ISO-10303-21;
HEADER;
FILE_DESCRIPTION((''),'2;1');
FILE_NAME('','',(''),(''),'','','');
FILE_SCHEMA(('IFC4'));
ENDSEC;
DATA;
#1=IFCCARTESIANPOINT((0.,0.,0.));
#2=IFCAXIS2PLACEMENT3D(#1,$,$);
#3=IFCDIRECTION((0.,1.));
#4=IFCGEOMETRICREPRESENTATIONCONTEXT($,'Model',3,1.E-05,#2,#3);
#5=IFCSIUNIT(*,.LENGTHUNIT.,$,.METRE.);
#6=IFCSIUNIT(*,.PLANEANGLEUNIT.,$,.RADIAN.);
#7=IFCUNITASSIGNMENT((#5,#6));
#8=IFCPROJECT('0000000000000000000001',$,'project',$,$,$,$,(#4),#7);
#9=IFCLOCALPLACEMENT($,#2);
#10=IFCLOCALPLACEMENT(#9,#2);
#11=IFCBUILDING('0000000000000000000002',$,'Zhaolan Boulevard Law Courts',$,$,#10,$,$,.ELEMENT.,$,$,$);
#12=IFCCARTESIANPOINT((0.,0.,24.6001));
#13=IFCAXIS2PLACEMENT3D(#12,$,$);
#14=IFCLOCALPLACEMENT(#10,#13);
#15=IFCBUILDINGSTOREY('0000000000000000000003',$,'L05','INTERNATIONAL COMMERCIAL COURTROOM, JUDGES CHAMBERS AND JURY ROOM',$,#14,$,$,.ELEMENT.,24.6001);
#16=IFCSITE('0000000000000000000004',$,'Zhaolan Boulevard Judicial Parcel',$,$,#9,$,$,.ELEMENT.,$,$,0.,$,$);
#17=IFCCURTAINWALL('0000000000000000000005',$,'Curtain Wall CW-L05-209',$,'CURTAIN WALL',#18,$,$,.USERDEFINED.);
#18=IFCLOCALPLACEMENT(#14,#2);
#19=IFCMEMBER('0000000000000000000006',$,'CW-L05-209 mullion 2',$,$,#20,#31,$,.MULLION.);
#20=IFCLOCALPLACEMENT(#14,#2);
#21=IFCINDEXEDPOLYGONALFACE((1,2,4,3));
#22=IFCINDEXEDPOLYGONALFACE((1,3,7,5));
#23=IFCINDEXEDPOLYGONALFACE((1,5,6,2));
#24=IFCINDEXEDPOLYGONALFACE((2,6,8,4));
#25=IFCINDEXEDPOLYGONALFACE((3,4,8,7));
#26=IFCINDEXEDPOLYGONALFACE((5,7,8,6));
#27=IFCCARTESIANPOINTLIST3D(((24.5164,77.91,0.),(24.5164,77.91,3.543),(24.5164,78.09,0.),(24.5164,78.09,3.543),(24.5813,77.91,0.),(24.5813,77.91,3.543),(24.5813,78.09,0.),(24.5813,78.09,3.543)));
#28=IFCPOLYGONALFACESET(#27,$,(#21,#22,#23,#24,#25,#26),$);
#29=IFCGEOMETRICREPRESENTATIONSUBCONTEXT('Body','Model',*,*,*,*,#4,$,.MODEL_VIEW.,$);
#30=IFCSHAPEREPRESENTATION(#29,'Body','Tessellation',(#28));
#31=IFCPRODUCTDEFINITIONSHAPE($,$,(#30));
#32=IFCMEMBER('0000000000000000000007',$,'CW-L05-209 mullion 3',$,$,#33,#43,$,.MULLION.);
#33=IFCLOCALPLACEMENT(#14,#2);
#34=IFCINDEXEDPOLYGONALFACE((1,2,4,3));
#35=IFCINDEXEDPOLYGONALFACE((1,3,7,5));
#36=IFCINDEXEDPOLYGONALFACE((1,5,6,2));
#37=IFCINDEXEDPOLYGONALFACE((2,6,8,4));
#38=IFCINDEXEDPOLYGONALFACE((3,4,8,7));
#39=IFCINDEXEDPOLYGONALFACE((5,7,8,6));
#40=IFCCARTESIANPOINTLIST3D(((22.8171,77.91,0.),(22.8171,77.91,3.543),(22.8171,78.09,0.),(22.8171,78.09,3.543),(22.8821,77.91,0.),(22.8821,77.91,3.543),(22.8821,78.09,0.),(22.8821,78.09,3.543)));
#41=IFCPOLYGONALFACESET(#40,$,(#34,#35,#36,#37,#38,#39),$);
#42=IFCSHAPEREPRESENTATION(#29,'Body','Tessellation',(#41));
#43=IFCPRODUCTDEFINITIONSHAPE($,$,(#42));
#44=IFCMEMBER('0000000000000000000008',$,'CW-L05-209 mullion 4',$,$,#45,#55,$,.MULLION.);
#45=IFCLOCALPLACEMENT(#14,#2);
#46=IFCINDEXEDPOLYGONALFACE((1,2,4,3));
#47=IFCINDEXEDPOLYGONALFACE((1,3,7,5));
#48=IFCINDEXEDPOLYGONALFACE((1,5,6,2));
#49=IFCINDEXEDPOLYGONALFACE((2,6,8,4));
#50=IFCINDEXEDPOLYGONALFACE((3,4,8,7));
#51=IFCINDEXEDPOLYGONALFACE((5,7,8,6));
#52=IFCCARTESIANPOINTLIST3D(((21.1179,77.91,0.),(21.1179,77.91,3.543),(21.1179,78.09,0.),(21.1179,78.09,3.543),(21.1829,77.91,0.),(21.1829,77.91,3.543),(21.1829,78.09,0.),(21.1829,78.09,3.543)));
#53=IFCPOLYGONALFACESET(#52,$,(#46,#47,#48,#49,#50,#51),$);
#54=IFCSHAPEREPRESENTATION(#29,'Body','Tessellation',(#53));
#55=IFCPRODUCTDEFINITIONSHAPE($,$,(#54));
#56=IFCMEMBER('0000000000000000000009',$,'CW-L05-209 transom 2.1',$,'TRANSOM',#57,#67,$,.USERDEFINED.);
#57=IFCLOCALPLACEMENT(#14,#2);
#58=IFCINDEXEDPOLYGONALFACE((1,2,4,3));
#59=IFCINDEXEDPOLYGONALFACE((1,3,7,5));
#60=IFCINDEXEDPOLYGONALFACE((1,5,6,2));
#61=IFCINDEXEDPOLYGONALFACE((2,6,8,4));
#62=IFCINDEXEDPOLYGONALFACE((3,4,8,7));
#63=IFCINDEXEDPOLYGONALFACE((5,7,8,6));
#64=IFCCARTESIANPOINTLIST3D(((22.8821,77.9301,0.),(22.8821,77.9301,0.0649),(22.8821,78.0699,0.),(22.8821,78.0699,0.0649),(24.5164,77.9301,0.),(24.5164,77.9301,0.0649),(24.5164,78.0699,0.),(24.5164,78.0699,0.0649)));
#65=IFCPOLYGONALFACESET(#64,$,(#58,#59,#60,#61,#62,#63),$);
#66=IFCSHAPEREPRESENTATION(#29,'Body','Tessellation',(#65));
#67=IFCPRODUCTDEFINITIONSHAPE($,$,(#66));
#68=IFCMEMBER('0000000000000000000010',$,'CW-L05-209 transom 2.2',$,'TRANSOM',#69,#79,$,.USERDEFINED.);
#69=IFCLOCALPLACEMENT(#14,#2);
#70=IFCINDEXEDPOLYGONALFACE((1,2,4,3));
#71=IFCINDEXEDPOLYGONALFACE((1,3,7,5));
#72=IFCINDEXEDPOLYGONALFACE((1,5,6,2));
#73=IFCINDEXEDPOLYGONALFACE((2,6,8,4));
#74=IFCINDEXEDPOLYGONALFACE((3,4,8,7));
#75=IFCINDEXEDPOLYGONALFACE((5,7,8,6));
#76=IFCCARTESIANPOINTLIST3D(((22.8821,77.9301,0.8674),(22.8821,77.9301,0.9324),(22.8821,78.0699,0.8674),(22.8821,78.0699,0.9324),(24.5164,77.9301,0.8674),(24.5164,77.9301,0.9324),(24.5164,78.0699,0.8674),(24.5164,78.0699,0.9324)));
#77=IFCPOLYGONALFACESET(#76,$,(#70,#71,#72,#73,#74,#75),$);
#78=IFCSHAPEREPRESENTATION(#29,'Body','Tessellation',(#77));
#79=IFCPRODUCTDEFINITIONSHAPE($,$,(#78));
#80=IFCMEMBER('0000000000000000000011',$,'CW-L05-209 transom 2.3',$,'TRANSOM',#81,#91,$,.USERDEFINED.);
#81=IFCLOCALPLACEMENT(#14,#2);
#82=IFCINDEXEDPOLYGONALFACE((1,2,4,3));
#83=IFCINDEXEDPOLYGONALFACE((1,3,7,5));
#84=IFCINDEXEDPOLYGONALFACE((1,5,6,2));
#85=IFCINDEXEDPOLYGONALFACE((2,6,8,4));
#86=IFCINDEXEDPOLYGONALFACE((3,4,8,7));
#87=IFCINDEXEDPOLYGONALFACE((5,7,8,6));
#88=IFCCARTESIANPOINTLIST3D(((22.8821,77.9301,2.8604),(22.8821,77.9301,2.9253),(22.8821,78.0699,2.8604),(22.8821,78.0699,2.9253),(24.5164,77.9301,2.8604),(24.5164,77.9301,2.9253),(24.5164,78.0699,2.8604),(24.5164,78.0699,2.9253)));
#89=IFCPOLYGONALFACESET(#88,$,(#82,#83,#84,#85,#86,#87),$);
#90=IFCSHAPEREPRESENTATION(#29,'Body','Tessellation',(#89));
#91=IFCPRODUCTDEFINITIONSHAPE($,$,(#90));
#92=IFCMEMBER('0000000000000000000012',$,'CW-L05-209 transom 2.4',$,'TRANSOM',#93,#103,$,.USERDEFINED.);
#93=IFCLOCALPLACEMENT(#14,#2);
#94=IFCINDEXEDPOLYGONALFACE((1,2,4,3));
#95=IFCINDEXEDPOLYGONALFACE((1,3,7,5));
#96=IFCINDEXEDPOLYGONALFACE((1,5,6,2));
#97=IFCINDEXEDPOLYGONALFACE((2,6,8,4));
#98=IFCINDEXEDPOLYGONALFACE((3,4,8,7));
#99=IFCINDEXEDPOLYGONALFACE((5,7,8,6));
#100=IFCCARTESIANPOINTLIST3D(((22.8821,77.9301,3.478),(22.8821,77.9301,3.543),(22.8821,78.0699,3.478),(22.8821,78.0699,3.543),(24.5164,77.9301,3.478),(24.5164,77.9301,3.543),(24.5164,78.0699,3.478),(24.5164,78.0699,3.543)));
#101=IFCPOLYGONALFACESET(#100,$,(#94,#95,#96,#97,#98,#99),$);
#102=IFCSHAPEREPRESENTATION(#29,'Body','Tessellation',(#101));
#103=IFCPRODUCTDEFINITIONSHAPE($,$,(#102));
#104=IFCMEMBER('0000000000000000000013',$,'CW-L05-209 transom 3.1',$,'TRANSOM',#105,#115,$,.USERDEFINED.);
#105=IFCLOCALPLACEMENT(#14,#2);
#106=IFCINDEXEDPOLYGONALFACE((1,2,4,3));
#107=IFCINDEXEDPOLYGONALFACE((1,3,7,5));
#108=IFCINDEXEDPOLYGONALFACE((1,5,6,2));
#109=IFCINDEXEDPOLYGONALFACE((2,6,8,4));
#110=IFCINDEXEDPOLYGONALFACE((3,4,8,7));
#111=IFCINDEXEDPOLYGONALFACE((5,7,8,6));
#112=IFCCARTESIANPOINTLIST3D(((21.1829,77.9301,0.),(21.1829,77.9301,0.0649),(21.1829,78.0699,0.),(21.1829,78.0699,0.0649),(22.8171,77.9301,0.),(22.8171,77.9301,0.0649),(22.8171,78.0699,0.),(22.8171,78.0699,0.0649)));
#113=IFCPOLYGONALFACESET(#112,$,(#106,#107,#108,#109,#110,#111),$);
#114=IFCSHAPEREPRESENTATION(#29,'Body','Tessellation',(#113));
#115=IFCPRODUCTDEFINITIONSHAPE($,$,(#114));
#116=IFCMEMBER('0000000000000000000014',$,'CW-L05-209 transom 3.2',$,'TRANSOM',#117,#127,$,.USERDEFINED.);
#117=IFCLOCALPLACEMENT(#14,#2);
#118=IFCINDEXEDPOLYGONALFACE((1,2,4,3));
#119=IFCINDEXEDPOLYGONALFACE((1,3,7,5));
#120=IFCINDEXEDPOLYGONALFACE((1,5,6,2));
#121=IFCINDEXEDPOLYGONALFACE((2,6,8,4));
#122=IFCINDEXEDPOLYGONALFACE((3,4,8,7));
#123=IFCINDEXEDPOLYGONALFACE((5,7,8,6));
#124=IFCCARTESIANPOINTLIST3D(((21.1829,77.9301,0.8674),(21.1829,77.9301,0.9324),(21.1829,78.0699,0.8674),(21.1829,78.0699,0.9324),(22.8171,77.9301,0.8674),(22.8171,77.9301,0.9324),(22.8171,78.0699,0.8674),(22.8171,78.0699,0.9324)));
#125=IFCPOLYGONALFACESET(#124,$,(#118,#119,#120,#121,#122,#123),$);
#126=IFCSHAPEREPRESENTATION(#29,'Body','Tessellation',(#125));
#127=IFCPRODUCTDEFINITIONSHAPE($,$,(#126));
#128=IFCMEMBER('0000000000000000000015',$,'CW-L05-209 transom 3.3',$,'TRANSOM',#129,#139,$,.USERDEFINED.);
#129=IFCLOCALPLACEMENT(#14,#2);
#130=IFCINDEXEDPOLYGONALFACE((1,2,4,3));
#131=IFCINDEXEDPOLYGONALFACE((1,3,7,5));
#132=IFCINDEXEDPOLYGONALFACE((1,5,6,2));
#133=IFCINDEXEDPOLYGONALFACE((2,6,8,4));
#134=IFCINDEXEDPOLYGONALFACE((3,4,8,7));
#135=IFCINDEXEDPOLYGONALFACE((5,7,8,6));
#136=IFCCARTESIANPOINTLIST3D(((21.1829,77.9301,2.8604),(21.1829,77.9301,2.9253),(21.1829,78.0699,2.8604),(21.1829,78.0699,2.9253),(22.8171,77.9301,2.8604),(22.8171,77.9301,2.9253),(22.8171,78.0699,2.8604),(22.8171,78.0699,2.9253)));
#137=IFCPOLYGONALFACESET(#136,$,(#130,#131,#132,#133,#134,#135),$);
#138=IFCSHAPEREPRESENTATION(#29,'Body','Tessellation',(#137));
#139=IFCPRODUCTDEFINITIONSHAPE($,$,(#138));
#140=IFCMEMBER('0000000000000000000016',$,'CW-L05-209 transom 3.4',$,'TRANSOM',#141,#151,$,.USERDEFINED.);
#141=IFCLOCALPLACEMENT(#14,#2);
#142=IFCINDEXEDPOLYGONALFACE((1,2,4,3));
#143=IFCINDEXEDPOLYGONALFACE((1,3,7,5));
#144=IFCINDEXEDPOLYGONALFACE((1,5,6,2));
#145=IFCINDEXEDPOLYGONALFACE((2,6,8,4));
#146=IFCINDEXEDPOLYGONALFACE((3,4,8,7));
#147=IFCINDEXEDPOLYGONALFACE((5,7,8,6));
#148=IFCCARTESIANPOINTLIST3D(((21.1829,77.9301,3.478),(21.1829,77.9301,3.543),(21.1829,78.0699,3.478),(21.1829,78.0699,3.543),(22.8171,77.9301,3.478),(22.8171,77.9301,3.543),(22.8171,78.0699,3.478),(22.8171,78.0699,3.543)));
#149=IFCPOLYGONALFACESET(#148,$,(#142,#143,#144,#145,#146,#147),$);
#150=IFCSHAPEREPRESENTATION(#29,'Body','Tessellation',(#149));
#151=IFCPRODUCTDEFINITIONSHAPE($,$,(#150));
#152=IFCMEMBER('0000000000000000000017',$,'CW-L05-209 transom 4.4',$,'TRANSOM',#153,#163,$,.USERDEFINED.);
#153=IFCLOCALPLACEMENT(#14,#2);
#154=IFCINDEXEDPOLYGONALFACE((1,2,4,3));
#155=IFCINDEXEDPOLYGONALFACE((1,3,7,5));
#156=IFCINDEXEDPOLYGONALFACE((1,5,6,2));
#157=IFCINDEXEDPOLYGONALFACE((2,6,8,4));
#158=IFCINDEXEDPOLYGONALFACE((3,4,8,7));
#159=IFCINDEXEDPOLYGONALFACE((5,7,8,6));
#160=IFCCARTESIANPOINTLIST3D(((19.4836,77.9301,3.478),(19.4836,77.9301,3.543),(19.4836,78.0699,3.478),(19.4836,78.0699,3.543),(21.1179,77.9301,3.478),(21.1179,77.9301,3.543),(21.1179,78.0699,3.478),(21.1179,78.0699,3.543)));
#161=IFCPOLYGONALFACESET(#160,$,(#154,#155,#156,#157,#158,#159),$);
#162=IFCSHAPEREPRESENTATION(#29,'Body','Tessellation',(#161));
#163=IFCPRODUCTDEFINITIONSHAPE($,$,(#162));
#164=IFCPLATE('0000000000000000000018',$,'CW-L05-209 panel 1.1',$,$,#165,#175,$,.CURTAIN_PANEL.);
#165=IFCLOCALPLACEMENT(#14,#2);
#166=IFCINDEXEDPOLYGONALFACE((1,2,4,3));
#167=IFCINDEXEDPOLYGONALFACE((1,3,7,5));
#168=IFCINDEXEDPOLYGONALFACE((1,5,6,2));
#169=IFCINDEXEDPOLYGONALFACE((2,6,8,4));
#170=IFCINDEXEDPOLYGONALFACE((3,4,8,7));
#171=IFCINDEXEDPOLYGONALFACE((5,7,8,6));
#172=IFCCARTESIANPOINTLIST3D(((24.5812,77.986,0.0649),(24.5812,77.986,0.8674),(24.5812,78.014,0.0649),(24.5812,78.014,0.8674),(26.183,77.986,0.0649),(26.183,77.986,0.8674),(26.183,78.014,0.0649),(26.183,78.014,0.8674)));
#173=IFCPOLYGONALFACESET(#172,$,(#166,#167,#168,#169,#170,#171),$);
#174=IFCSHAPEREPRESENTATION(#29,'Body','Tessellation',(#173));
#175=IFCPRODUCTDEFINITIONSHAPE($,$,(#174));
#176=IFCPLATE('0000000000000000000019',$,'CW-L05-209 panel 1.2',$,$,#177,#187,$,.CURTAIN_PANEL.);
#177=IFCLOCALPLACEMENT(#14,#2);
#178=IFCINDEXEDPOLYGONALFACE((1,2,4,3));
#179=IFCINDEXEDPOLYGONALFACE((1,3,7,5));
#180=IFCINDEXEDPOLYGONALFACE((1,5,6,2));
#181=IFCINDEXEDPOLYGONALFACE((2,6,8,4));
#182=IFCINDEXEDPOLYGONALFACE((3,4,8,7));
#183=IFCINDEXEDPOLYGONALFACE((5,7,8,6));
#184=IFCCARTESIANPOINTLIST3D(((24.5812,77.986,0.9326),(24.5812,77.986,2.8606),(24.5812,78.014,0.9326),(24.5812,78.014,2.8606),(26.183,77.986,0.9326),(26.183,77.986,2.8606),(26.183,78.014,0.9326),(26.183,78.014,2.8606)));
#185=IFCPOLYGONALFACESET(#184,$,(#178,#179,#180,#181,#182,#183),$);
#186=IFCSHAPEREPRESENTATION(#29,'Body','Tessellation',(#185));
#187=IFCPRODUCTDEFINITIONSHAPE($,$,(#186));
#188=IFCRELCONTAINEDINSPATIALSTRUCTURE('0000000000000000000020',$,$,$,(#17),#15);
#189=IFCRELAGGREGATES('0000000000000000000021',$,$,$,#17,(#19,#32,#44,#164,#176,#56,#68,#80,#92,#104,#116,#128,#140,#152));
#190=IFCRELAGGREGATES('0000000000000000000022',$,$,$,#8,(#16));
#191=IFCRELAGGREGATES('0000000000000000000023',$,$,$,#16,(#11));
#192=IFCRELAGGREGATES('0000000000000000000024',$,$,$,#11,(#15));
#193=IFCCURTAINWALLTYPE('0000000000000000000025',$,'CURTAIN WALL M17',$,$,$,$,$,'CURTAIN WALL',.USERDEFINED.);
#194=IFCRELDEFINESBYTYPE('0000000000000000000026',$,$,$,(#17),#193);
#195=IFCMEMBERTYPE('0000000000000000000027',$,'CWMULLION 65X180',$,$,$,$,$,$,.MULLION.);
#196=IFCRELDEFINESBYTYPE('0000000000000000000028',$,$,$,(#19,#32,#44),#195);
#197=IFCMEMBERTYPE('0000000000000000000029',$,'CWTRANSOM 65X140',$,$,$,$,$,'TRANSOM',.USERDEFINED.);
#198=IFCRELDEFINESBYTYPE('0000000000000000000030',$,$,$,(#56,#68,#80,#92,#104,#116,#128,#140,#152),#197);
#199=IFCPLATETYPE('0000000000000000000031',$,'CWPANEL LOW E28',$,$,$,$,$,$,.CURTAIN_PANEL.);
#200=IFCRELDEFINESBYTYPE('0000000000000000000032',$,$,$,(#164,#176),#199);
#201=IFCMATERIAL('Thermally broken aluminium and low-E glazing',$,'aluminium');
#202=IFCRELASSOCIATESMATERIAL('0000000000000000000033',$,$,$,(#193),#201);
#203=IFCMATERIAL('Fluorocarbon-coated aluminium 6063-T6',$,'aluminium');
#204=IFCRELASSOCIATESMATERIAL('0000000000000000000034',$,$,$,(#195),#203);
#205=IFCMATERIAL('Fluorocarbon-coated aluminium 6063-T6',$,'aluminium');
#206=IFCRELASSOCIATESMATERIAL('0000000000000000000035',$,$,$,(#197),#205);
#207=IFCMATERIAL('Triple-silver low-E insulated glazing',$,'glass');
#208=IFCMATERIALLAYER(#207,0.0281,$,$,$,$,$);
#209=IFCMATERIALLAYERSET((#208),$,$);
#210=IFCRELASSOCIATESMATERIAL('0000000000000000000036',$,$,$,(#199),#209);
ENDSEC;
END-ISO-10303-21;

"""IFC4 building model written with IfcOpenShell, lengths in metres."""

from ifc_helpers import new_model, si_unit, direction, frame, origin, origin_2d, place, context, subcontext, project, spatial, rectangle, extrude, material, layer, layer_set, material_profile, profile_set, type_object, element, aggregate, save


model = new_model("IFC4")

# Units and contexts
model_context = context("Model", 3, precision=1e-05, world=origin(), true_north=direction((0.0, 1.0)))
body_context = subcontext(model_context, "Body", "Model", "MODEL_VIEW")
ifc_project = project(units=[si_unit("LENGTHUNIT", "METRE"), si_unit("PLANEANGLEUNIT", "RADIAN")], contexts=[model_context])

# Site, building, storey
site_placement = place(None, origin())
site = spatial("IfcSite", under=ifc_project, at=site_placement, Name="Zhaolan Boulevard Judicial Parcel", CompositionType="ELEMENT", RefElevation=0.0)
building_placement = place(site_placement, origin())
building = spatial("IfcBuilding", under=site, at=building_placement, Name="Zhaolan Boulevard Law Courts", CompositionType="ELEMENT")
storey_placement = place(building_placement, frame((0.0, 0.0, 24.6001)))
storey = spatial("IfcBuildingStorey", under=building, at=storey_placement, Name="L05", Description="INTERNATIONAL COMMERCIAL COURTROOM, JUDGES CHAMBERS AND JURY ROOM", CompositionType="ELEMENT", Elevation=24.6001)

# Curtain wall, members, plates
ifc_material_1 = material(Name="Thermally broken aluminium and low-E glazing", Category="aluminium")
curtain_wall_type = type_object("IfcCurtainWallType", Name="CURTAIN WALL M17", ElementType="CURTAIN WALL", PredefinedType="USERDEFINED", material=ifc_material_1)
curtain_wall_placement = place(storey_placement, origin())
curtain_wall = element("IfcCurtainWall", 1, at=curtain_wall_placement, inside=storey, type_object=curtain_wall_type, Name="Curtain Wall CW-L05-209", ObjectType="CURTAIN WALL", PredefinedType="USERDEFINED")
ifc_material_2 = material(Name="Fluorocarbon-coated aluminium 6063-T6", Category="aluminium")
ifc_material_profile_1 = material_profile(ifc_material_2, rectangle(XDim=0.1799, YDim=0.0649, at=origin_2d()), Name="AL65x180")
ifc_profile_set_1 = profile_set([ifc_material_profile_1], Name="Fluorocarbon-coated aluminium 6063-T6")
member_type_1 = type_object("IfcMemberType", Name="CWMULLION 65X180", PredefinedType="MULLION", material=ifc_profile_set_1)
member_1_placement = place(storey_placement, frame((24.5488, 78.0, 0.0), z_axis=(0.0, 0.0, 1.0), x_axis=(0.0, -1.0, 0.0)))
member_1 = element("IfcMember", 2, at=member_1_placement, type_object=member_type_1, Name="CW-L05-209 mullion 2", PredefinedType="MULLION", context=body_context, shape_type="SweptSolid", body=[
    extrude(rectangle(XDim=0.1799, YDim=0.0649, at=origin_2d()), origin(), (0.0, 0.0, 1.0), 3.543),
])
member_2_placement = place(storey_placement, frame((22.8496, 78.0, 0.0), z_axis=(0.0, 0.0, 1.0), x_axis=(0.0, -1.0, 0.0)))
member_2 = element("IfcMember", 3, at=member_2_placement, type_object=member_type_1, Name="CW-L05-209 mullion 3", PredefinedType="MULLION", context=body_context, shape_type="SweptSolid", body=[
    extrude(rectangle(XDim=0.1799, YDim=0.0649, at=origin_2d()), origin(), (0.0, 0.0, 1.0), 3.543),
])
member_3_placement = place(storey_placement, frame((21.1504, 78.0, 0.0), z_axis=(0.0, 0.0, 1.0), x_axis=(0.0, -1.0, 0.0)))
member_3 = element("IfcMember", 4, at=member_3_placement, type_object=member_type_1, Name="CW-L05-209 mullion 4", PredefinedType="MULLION", context=body_context, shape_type="SweptSolid", body=[
    extrude(rectangle(XDim=0.1799, YDim=0.0649, at=origin_2d()), origin(), (0.0, 0.0, 1.0), 3.543),
])
ifc_material_3 = material(Name="Fluorocarbon-coated aluminium 6063-T6", Category="aluminium")
ifc_material_profile_2 = material_profile(ifc_material_3, rectangle(XDim=0.1399, YDim=0.0649, at=origin_2d()), Name="AL65x140")
ifc_profile_set_2 = profile_set([ifc_material_profile_2], Name="Fluorocarbon-coated aluminium 6063-T6")
member_type_2 = type_object("IfcMemberType", Name="CWTRANSOM 65X140", ElementType="TRANSOM", PredefinedType="USERDEFINED", material=ifc_profile_set_2)
member_4_placement = place(storey_placement, frame((24.5164, 78.0, 0.0325), z_axis=(-1.0, 0.0, 0.0), x_axis=(0.0, -1.0, 0.0)))
member_4 = element("IfcMember", 5, at=member_4_placement, type_object=member_type_2, Name="CW-L05-209 transom 2.1", ObjectType="TRANSOM", PredefinedType="USERDEFINED", context=body_context, shape_type="SweptSolid", body=[
    extrude(rectangle(XDim=0.1399, YDim=0.0649, at=origin_2d()), origin(), (0.0, 0.0, 1.0), 1.6343),
])
member_5_placement = place(storey_placement, frame((24.5164, 78.0, 0.8999), z_axis=(-1.0, 0.0, 0.0), x_axis=(0.0, -1.0, 0.0)))
member_5 = element("IfcMember", 6, at=member_5_placement, type_object=member_type_2, Name="CW-L05-209 transom 2.2", ObjectType="TRANSOM", PredefinedType="USERDEFINED", context=body_context, shape_type="SweptSolid", body=[
    extrude(rectangle(XDim=0.1399, YDim=0.0649, at=origin_2d()), origin(), (0.0, 0.0, 1.0), 1.6343),
])
member_6_placement = place(storey_placement, frame((24.5164, 78.0, 2.8928), z_axis=(-1.0, 0.0, 0.0), x_axis=(0.0, -1.0, 0.0)))
member_6 = element("IfcMember", 7, at=member_6_placement, type_object=member_type_2, Name="CW-L05-209 transom 2.3", ObjectType="TRANSOM", PredefinedType="USERDEFINED", context=body_context, shape_type="SweptSolid", body=[
    extrude(rectangle(XDim=0.1399, YDim=0.0649, at=origin_2d()), origin(), (0.0, 0.0, 1.0), 1.6343),
])
member_7_placement = place(storey_placement, frame((24.5164, 78.0, 3.5105), z_axis=(-1.0, 0.0, 0.0), x_axis=(0.0, -1.0, 0.0)))
member_7 = element("IfcMember", 8, at=member_7_placement, type_object=member_type_2, Name="CW-L05-209 transom 2.4", ObjectType="TRANSOM", PredefinedType="USERDEFINED", context=body_context, shape_type="SweptSolid", body=[
    extrude(rectangle(XDim=0.1399, YDim=0.0649, at=origin_2d()), origin(), (0.0, 0.0, 1.0), 1.6343),
])
member_8_placement = place(storey_placement, frame((22.8171, 78.0, 0.0325), z_axis=(-1.0, 0.0, 0.0), x_axis=(0.0, -1.0, 0.0)))
member_8 = element("IfcMember", 9, at=member_8_placement, type_object=member_type_2, Name="CW-L05-209 transom 3.1", ObjectType="TRANSOM", PredefinedType="USERDEFINED", context=body_context, shape_type="SweptSolid", body=[
    extrude(rectangle(XDim=0.1399, YDim=0.0649, at=origin_2d()), origin(), (0.0, 0.0, 1.0), 1.6343),
])
member_9_placement = place(storey_placement, frame((22.8171, 78.0, 0.8999), z_axis=(-1.0, 0.0, 0.0), x_axis=(0.0, -1.0, 0.0)))
member_9 = element("IfcMember", 10, at=member_9_placement, type_object=member_type_2, Name="CW-L05-209 transom 3.2", ObjectType="TRANSOM", PredefinedType="USERDEFINED", context=body_context, shape_type="SweptSolid", body=[
    extrude(rectangle(XDim=0.1399, YDim=0.0649, at=origin_2d()), origin(), (0.0, 0.0, 1.0), 1.6343),
])
member_10_placement = place(storey_placement, frame((22.8171, 78.0, 2.8928), z_axis=(-1.0, 0.0, 0.0), x_axis=(0.0, -1.0, 0.0)))
member_10 = element("IfcMember", 11, at=member_10_placement, type_object=member_type_2, Name="CW-L05-209 transom 3.3", ObjectType="TRANSOM", PredefinedType="USERDEFINED", context=body_context, shape_type="SweptSolid", body=[
    extrude(rectangle(XDim=0.1399, YDim=0.0649, at=origin_2d()), origin(), (0.0, 0.0, 1.0), 1.6343),
])
member_11_placement = place(storey_placement, frame((22.8171, 78.0, 3.5105), z_axis=(-1.0, 0.0, 0.0), x_axis=(0.0, -1.0, 0.0)))
member_11 = element("IfcMember", 12, at=member_11_placement, type_object=member_type_2, Name="CW-L05-209 transom 3.4", ObjectType="TRANSOM", PredefinedType="USERDEFINED", context=body_context, shape_type="SweptSolid", body=[
    extrude(rectangle(XDim=0.1399, YDim=0.0649, at=origin_2d()), origin(), (0.0, 0.0, 1.0), 1.6343),
])
member_12_placement = place(storey_placement, frame((21.1179, 78.0, 3.5105), z_axis=(-1.0, 0.0, 0.0), x_axis=(0.0, -1.0, 0.0)))
member_12 = element("IfcMember", 13, at=member_12_placement, type_object=member_type_2, Name="CW-L05-209 transom 4.4", ObjectType="TRANSOM", PredefinedType="USERDEFINED", context=body_context, shape_type="SweptSolid", body=[
    extrude(rectangle(XDim=0.1399, YDim=0.0649, at=origin_2d()), origin(), (0.0, 0.0, 1.0), 1.6343),
])
ifc_material_4 = material(Name="Triple-silver low-E insulated glazing", Category="glass")
ifc_layer_1 = layer(ifc_material_4, 0.0281)
ifc_layer_set_1 = layer_set([ifc_layer_1])
plate_type = type_object("IfcPlateType", Name="CWPANEL LOW E28", PredefinedType="CURTAIN_PANEL", material=ifc_layer_set_1)
plate_1_placement = place(storey_placement, frame((25.3821, 78.0, 0.0649), z_axis=(0.0, 0.0, 1.0), x_axis=(-1.0, 0.0, 0.0)))
plate_1 = element("IfcPlate", 14, at=plate_1_placement, type_object=plate_type, Name="CW-L05-209 panel 1.1", PredefinedType="CURTAIN_PANEL", context=body_context, shape_type="SweptSolid", body=[
    extrude(rectangle(XDim=1.6018, YDim=0.0281, at=origin_2d()), origin(), (0.0, 0.0, 1.0), 0.8025),
])
plate_2_placement = place(storey_placement, frame((25.3821, 78.0, 0.9326), z_axis=(0.0, 0.0, 1.0), x_axis=(-1.0, 0.0, 0.0)))
plate_2 = element("IfcPlate", 15, at=plate_2_placement, type_object=plate_type, Name="CW-L05-209 panel 1.2", PredefinedType="CURTAIN_PANEL", context=body_context, shape_type="SweptSolid", body=[
    extrude(rectangle(XDim=1.6018, YDim=0.0281, at=origin_2d()), origin(), (0.0, 0.0, 1.0), 1.928),
])
aggregate(curtain_wall, [member_1, member_2, member_3, plate_1, plate_2, member_4, member_5, member_6, member_7, member_8, member_9, member_10, member_11, member_12])

save(model, "model.ifc")
